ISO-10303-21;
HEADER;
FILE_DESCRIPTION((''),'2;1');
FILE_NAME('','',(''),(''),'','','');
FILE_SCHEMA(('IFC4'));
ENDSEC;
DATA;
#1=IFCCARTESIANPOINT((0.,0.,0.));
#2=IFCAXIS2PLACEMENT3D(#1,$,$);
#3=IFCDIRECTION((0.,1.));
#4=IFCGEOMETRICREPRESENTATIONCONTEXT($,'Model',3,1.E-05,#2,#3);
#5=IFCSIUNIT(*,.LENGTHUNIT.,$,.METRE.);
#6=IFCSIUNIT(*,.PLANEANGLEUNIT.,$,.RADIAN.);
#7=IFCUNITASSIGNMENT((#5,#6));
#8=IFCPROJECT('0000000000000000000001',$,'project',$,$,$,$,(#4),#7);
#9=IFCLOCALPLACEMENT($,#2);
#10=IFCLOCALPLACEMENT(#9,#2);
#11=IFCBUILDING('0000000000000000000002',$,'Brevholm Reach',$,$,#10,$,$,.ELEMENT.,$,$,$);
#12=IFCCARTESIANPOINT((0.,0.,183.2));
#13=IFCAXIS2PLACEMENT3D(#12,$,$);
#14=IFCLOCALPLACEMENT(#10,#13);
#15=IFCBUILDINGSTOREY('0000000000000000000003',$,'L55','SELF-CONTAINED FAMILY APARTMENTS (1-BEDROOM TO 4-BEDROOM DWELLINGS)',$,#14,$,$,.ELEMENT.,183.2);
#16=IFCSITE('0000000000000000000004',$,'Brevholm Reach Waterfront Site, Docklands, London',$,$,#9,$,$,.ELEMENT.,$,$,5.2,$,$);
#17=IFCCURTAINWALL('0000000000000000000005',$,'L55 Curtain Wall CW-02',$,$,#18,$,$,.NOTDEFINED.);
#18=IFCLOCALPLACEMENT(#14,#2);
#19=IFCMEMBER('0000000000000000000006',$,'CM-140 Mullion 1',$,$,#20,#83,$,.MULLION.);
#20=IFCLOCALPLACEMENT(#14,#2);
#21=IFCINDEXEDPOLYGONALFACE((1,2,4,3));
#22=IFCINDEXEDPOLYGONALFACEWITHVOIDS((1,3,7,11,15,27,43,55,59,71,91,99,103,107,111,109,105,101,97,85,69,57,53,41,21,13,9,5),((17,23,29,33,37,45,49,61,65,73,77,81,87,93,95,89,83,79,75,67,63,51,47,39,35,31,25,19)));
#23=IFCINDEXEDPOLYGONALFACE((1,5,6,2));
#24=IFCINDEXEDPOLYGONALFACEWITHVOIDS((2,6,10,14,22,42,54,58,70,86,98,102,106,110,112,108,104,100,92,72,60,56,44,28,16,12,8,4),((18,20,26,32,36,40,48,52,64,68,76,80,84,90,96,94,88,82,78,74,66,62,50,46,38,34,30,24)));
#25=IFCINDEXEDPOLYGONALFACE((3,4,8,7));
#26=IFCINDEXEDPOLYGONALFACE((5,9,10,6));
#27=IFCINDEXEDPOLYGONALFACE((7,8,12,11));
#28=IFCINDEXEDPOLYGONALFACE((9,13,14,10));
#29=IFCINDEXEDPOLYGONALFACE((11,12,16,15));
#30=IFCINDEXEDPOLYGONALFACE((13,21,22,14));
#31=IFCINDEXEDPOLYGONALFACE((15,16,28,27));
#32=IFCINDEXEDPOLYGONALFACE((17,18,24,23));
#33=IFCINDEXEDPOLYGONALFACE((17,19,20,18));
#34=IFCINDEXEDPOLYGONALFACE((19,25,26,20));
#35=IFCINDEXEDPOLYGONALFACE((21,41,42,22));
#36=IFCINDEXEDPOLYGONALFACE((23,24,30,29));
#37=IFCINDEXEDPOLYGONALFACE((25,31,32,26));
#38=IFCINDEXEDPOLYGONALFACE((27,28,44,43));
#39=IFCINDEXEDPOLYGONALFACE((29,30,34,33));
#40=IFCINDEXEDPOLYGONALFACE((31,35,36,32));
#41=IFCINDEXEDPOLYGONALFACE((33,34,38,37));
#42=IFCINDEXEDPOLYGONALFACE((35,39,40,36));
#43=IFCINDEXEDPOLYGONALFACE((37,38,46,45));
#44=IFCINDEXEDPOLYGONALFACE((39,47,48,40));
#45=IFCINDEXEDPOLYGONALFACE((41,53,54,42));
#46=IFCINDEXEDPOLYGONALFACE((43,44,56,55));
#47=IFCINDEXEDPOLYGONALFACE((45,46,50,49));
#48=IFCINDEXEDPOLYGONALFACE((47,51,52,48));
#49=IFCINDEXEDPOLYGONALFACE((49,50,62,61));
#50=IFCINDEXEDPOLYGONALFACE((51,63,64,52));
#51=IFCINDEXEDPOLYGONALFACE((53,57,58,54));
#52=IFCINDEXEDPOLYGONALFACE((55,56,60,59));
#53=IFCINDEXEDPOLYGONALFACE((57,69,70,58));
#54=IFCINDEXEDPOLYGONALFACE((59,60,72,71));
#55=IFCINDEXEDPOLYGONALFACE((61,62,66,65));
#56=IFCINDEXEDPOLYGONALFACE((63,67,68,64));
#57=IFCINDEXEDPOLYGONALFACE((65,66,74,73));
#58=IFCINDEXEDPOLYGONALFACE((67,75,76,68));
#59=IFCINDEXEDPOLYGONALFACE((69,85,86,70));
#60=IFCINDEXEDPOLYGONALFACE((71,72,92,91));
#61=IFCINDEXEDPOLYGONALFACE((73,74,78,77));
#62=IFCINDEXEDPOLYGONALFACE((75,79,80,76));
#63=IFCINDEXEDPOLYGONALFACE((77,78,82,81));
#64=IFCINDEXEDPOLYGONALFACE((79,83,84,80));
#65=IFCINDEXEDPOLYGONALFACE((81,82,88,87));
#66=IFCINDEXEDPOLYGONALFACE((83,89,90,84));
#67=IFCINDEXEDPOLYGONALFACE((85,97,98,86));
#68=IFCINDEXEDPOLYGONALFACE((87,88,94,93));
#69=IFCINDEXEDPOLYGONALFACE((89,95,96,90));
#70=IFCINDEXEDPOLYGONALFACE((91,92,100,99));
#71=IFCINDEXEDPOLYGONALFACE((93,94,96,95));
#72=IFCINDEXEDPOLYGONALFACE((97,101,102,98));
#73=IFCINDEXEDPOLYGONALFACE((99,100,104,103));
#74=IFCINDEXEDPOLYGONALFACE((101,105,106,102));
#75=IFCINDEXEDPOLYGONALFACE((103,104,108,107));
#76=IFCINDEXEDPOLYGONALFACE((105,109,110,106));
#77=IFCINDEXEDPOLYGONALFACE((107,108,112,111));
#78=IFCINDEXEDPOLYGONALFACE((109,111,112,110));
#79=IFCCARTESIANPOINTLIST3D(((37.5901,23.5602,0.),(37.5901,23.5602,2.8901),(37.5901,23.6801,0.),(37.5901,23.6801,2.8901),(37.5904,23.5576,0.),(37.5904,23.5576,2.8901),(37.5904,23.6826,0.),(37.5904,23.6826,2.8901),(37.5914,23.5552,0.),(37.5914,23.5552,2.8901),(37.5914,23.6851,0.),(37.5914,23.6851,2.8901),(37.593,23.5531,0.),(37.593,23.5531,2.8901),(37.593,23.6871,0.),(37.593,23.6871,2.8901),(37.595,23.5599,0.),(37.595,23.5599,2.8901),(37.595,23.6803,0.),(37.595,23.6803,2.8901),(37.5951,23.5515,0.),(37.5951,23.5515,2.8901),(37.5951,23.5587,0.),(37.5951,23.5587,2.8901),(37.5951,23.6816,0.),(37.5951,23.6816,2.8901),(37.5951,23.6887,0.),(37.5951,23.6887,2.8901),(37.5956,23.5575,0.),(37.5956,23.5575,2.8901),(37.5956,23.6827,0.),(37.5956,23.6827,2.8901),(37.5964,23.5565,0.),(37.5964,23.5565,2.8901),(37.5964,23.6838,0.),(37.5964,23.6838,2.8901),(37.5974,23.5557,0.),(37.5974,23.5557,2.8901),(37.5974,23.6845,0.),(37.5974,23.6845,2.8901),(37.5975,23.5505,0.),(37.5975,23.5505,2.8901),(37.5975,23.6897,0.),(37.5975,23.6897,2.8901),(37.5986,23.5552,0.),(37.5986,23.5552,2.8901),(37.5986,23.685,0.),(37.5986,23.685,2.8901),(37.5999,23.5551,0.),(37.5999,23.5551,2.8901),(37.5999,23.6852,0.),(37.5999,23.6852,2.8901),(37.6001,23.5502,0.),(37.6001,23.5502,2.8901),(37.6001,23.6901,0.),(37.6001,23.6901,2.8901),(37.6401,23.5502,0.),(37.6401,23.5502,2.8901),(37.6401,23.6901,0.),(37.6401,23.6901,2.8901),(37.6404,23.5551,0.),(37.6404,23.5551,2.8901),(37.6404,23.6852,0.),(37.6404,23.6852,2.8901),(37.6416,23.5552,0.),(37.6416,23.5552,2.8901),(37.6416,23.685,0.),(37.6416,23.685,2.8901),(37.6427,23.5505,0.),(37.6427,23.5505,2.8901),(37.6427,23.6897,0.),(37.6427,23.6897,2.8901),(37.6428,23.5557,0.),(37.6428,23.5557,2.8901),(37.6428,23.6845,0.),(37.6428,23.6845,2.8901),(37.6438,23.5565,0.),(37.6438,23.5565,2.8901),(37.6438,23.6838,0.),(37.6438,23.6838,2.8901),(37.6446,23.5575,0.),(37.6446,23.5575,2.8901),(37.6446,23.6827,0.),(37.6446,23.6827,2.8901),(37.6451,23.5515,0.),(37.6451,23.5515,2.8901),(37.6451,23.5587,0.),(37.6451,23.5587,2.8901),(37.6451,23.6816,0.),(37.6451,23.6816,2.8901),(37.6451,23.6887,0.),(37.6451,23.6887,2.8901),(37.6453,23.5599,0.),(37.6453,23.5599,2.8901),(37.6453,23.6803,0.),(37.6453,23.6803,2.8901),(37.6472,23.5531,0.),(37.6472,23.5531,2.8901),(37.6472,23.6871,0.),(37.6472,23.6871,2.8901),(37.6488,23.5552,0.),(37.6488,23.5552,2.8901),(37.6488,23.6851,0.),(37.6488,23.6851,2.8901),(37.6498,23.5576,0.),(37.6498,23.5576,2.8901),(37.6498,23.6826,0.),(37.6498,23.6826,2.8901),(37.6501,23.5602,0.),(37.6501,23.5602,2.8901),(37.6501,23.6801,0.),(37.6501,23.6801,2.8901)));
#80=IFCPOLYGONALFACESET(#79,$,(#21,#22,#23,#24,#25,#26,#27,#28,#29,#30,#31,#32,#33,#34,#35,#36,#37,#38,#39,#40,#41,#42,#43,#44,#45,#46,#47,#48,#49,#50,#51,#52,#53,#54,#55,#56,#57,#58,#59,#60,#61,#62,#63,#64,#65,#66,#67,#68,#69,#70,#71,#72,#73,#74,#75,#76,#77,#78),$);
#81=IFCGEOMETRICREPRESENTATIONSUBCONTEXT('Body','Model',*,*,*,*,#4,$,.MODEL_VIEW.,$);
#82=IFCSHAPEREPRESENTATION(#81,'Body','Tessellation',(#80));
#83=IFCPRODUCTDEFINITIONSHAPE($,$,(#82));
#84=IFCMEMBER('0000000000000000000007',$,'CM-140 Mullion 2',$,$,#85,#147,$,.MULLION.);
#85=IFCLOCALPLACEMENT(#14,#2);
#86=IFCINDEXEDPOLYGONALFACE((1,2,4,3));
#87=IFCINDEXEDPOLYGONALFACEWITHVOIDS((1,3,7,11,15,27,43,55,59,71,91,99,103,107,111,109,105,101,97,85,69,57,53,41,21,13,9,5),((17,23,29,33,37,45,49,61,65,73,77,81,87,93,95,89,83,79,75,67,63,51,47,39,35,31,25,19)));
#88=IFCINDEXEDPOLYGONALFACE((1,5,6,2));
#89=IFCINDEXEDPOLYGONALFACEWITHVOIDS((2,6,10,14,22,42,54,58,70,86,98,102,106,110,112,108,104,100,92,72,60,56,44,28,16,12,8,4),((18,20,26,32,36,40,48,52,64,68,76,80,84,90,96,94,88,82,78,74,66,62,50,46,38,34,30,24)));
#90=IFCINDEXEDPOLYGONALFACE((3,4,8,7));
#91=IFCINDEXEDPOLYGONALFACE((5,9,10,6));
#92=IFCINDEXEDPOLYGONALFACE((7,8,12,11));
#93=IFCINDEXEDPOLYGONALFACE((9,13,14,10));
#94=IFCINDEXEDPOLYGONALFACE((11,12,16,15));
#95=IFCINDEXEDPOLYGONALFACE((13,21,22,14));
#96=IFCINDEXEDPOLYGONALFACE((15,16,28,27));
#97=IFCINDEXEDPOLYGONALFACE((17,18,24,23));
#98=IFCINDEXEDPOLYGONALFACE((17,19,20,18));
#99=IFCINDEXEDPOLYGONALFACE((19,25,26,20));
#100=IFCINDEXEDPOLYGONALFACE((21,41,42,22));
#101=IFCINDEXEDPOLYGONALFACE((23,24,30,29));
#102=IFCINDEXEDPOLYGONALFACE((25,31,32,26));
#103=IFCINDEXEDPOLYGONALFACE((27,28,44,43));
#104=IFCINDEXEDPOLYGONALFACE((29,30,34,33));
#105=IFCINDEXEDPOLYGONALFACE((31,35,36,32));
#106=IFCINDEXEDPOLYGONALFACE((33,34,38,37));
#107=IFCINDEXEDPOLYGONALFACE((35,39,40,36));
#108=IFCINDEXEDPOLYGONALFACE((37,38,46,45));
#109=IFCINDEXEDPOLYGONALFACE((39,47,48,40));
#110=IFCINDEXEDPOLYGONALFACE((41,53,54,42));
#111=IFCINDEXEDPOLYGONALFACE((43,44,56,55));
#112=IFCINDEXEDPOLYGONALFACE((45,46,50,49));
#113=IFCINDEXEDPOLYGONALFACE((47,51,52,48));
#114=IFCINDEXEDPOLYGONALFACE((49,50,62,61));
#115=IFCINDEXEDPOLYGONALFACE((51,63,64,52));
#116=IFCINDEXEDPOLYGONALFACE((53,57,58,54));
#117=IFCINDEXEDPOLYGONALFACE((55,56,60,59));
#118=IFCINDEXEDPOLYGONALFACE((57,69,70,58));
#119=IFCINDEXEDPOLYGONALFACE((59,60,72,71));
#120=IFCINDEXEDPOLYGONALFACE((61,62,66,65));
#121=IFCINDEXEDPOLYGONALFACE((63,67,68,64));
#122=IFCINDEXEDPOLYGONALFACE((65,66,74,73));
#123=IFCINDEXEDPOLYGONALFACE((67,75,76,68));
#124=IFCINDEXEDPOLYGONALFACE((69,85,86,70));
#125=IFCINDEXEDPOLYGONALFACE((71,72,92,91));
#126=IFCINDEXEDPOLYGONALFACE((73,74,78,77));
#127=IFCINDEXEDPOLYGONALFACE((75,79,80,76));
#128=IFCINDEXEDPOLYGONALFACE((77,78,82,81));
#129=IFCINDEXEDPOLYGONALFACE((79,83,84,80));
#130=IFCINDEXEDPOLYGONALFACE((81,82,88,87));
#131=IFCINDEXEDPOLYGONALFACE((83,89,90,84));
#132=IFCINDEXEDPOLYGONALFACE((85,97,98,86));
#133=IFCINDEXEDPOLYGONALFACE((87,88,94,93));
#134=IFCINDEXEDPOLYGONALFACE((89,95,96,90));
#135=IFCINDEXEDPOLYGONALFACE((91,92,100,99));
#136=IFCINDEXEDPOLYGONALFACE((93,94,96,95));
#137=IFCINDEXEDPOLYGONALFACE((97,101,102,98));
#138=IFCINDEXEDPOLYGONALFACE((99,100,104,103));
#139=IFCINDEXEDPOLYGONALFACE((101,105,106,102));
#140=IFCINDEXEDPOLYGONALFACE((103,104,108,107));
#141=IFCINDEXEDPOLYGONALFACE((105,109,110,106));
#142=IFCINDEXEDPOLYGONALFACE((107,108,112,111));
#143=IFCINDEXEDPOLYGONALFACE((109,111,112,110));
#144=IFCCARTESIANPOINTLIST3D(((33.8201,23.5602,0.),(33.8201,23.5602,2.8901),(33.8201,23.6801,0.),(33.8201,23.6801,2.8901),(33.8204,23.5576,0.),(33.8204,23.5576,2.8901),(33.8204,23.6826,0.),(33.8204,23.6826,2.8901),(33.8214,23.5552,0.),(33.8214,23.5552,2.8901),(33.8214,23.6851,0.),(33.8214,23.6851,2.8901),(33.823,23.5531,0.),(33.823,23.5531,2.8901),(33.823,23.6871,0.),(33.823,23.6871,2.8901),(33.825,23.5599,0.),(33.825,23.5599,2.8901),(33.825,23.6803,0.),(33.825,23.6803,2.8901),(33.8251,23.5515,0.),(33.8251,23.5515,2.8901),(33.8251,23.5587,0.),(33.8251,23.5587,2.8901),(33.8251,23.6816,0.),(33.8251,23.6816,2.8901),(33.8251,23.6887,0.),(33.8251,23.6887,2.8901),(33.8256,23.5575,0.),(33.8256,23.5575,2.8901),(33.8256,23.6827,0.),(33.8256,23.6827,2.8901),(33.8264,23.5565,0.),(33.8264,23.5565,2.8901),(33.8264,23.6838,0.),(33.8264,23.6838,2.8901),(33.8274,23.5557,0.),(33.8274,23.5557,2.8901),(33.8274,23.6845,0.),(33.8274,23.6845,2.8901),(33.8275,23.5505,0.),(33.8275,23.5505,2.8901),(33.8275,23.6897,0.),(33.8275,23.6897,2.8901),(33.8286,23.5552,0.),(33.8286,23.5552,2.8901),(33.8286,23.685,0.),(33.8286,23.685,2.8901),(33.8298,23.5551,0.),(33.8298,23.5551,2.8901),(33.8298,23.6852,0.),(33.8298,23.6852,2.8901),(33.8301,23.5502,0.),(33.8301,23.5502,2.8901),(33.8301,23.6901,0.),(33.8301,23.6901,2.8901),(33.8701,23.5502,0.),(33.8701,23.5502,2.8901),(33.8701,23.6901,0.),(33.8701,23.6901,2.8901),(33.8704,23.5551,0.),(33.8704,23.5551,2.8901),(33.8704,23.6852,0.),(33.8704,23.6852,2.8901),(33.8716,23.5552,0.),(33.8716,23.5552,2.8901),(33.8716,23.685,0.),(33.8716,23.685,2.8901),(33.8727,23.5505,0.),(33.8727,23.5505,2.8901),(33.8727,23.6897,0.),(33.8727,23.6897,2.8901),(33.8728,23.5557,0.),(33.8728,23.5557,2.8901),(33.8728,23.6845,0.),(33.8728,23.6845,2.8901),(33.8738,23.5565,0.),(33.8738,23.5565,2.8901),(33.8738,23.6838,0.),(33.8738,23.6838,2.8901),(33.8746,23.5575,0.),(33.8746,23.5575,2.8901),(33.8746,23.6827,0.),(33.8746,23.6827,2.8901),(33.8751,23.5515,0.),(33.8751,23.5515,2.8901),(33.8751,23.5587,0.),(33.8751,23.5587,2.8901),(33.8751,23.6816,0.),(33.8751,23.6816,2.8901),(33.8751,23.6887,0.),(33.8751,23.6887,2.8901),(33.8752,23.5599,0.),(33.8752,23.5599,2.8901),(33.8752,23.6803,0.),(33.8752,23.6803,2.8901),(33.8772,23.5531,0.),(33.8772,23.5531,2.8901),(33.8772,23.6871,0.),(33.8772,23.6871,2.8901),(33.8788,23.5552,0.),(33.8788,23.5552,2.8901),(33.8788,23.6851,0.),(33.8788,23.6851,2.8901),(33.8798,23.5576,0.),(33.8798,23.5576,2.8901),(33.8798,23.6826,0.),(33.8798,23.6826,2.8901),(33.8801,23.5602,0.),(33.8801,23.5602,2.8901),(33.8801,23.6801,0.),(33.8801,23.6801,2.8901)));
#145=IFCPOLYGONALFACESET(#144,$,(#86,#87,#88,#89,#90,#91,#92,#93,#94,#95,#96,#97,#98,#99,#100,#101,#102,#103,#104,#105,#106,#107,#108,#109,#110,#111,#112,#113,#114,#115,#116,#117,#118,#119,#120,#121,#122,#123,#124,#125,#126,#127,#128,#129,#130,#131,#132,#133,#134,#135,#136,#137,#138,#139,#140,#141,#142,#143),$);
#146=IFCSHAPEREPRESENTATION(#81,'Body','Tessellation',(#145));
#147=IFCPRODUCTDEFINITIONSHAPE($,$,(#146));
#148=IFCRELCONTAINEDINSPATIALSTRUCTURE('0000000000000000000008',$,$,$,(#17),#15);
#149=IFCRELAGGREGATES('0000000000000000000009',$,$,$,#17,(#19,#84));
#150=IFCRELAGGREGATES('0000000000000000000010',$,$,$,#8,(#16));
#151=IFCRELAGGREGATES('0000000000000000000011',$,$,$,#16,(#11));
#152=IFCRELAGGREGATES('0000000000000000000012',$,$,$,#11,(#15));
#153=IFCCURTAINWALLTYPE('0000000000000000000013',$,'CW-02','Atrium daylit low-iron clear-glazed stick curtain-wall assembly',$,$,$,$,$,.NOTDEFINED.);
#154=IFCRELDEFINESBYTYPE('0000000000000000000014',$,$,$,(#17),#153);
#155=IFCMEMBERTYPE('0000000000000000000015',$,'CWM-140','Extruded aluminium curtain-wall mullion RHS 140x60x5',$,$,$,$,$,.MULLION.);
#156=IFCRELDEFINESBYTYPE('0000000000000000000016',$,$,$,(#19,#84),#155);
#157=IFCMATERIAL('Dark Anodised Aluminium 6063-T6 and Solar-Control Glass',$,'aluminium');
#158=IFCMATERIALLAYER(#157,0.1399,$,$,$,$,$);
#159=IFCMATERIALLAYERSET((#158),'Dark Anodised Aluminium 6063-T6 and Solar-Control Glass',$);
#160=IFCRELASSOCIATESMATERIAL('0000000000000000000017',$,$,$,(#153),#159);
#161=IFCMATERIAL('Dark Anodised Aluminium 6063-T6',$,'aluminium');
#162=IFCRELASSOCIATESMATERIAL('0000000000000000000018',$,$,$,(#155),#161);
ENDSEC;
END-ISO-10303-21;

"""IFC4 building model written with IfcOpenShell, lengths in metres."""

from ifc_helpers import new_model, si_unit, direction, frame, origin, origin_2d, place, context, subcontext, project, spatial, hollow_rectangle, extrude, material, layer, layer_set, material_profile, profile_set, type_object, element, aggregate, save


model = new_model("IFC4")

# Units and contexts
model_context = context("Model", 3, precision=1e-05, world=origin(), true_north=direction((0.0, 1.0)))
body_context = subcontext(model_context, "Body", "Model", "MODEL_VIEW")
ifc_project = project(units=[si_unit("LENGTHUNIT", "METRE"), si_unit("PLANEANGLEUNIT", "RADIAN")], contexts=[model_context])

# Site, building, storey
site_placement = place(None, origin())
site = spatial("IfcSite", under=ifc_project, at=site_placement, Name="Brevholm Reach Waterfront Site, Docklands, London", CompositionType="ELEMENT", RefElevation=5.2)
building_placement = place(site_placement, origin())
building = spatial("IfcBuilding", under=site, at=building_placement, Name="Brevholm Reach", CompositionType="ELEMENT")
storey_placement = place(building_placement, frame((0.0, 0.0, 183.2)))
storey = spatial("IfcBuildingStorey", under=building, at=storey_placement, Name="L55", Description="SELF-CONTAINED FAMILY APARTMENTS (1-BEDROOM TO 4-BEDROOM DWELLINGS)", CompositionType="ELEMENT", Elevation=183.2)

# Curtain wall, members
ifc_material_1 = material(Name="Dark Anodised Aluminium 6063-T6 and Solar-Control Glass", Category="aluminium")
ifc_layer_1 = layer(ifc_material_1, 0.1399)
ifc_layer_set_1 = layer_set([ifc_layer_1], Name="Dark Anodised Aluminium 6063-T6 and Solar-Control Glass")
curtain_wall_type_1 = type_object("IfcCurtainWallType", Name="CW-02", Description="Atrium daylit low-iron clear-glazed stick curtain-wall assembly", PredefinedType="NOTDEFINED", material=ifc_layer_set_1)
ifc_material_2 = material(Name="Dark Anodised Aluminium 6063-T6", Category="aluminium")
ifc_material_profile_1 = material_profile(ifc_material_2, hollow_rectangle(XDim=0.0601, YDim=0.1399, WallThickness=0.0049, InnerFilletRadius=0.0049, OuterFilletRadius=0.01, at=origin_2d()), Name="RHS 140x60x5")
ifc_profile_set_1 = profile_set([ifc_material_profile_1], Name="Dark Anodised Aluminium 6063-T6")
member_type_1 = type_object("IfcMemberType", Name="CWM-140", Description="Extruded aluminium curtain-wall mullion RHS 140x60x5", PredefinedType="MULLION", material=ifc_profile_set_1)
curtain_wall_1_placement = place(storey_placement, origin())
curtain_wall_1 = element("IfcCurtainWall", 1, at=curtain_wall_1_placement, inside=storey, type_object=curtain_wall_type_1, Name="L55 Curtain Wall CW-02", PredefinedType="NOTDEFINED")
member_1_placement = place(storey_placement, frame((37.6201, 23.6201, 0.0), z_axis=(0.0, 0.0, 1.0), x_axis=(-1.0, 0.0, 0.0)))
member_1 = element("IfcMember", 2, at=member_1_placement, type_object=member_type_1, Name="CM-140 Mullion 1", PredefinedType="MULLION", context=body_context, shape_type="SweptSolid", body=[
    extrude(hollow_rectangle(XDim=0.0601, YDim=0.1399, WallThickness=0.0049, InnerFilletRadius=0.0049, OuterFilletRadius=0.01, at=origin_2d()), origin(), (0.0, 0.0, 1.0), 2.8901),
])
member_2_placement = place(storey_placement, frame((33.8501, 23.6201, 0.0), z_axis=(0.0, 0.0, 1.0), x_axis=(-1.0, 0.0, 0.0)))
member_2 = element("IfcMember", 3, at=member_2_placement, type_object=member_type_1, Name="CM-140 Mullion 2", PredefinedType="MULLION", context=body_context, shape_type="SweptSolid", body=[
    extrude(hollow_rectangle(XDim=0.0601, YDim=0.1399, WallThickness=0.0049, InnerFilletRadius=0.0049, OuterFilletRadius=0.01, at=origin_2d()), origin(), (0.0, 0.0, 1.0), 2.8901),
])

aggregate(curtain_wall_1, [member_1, member_2])

save(model, "model.ifc")
